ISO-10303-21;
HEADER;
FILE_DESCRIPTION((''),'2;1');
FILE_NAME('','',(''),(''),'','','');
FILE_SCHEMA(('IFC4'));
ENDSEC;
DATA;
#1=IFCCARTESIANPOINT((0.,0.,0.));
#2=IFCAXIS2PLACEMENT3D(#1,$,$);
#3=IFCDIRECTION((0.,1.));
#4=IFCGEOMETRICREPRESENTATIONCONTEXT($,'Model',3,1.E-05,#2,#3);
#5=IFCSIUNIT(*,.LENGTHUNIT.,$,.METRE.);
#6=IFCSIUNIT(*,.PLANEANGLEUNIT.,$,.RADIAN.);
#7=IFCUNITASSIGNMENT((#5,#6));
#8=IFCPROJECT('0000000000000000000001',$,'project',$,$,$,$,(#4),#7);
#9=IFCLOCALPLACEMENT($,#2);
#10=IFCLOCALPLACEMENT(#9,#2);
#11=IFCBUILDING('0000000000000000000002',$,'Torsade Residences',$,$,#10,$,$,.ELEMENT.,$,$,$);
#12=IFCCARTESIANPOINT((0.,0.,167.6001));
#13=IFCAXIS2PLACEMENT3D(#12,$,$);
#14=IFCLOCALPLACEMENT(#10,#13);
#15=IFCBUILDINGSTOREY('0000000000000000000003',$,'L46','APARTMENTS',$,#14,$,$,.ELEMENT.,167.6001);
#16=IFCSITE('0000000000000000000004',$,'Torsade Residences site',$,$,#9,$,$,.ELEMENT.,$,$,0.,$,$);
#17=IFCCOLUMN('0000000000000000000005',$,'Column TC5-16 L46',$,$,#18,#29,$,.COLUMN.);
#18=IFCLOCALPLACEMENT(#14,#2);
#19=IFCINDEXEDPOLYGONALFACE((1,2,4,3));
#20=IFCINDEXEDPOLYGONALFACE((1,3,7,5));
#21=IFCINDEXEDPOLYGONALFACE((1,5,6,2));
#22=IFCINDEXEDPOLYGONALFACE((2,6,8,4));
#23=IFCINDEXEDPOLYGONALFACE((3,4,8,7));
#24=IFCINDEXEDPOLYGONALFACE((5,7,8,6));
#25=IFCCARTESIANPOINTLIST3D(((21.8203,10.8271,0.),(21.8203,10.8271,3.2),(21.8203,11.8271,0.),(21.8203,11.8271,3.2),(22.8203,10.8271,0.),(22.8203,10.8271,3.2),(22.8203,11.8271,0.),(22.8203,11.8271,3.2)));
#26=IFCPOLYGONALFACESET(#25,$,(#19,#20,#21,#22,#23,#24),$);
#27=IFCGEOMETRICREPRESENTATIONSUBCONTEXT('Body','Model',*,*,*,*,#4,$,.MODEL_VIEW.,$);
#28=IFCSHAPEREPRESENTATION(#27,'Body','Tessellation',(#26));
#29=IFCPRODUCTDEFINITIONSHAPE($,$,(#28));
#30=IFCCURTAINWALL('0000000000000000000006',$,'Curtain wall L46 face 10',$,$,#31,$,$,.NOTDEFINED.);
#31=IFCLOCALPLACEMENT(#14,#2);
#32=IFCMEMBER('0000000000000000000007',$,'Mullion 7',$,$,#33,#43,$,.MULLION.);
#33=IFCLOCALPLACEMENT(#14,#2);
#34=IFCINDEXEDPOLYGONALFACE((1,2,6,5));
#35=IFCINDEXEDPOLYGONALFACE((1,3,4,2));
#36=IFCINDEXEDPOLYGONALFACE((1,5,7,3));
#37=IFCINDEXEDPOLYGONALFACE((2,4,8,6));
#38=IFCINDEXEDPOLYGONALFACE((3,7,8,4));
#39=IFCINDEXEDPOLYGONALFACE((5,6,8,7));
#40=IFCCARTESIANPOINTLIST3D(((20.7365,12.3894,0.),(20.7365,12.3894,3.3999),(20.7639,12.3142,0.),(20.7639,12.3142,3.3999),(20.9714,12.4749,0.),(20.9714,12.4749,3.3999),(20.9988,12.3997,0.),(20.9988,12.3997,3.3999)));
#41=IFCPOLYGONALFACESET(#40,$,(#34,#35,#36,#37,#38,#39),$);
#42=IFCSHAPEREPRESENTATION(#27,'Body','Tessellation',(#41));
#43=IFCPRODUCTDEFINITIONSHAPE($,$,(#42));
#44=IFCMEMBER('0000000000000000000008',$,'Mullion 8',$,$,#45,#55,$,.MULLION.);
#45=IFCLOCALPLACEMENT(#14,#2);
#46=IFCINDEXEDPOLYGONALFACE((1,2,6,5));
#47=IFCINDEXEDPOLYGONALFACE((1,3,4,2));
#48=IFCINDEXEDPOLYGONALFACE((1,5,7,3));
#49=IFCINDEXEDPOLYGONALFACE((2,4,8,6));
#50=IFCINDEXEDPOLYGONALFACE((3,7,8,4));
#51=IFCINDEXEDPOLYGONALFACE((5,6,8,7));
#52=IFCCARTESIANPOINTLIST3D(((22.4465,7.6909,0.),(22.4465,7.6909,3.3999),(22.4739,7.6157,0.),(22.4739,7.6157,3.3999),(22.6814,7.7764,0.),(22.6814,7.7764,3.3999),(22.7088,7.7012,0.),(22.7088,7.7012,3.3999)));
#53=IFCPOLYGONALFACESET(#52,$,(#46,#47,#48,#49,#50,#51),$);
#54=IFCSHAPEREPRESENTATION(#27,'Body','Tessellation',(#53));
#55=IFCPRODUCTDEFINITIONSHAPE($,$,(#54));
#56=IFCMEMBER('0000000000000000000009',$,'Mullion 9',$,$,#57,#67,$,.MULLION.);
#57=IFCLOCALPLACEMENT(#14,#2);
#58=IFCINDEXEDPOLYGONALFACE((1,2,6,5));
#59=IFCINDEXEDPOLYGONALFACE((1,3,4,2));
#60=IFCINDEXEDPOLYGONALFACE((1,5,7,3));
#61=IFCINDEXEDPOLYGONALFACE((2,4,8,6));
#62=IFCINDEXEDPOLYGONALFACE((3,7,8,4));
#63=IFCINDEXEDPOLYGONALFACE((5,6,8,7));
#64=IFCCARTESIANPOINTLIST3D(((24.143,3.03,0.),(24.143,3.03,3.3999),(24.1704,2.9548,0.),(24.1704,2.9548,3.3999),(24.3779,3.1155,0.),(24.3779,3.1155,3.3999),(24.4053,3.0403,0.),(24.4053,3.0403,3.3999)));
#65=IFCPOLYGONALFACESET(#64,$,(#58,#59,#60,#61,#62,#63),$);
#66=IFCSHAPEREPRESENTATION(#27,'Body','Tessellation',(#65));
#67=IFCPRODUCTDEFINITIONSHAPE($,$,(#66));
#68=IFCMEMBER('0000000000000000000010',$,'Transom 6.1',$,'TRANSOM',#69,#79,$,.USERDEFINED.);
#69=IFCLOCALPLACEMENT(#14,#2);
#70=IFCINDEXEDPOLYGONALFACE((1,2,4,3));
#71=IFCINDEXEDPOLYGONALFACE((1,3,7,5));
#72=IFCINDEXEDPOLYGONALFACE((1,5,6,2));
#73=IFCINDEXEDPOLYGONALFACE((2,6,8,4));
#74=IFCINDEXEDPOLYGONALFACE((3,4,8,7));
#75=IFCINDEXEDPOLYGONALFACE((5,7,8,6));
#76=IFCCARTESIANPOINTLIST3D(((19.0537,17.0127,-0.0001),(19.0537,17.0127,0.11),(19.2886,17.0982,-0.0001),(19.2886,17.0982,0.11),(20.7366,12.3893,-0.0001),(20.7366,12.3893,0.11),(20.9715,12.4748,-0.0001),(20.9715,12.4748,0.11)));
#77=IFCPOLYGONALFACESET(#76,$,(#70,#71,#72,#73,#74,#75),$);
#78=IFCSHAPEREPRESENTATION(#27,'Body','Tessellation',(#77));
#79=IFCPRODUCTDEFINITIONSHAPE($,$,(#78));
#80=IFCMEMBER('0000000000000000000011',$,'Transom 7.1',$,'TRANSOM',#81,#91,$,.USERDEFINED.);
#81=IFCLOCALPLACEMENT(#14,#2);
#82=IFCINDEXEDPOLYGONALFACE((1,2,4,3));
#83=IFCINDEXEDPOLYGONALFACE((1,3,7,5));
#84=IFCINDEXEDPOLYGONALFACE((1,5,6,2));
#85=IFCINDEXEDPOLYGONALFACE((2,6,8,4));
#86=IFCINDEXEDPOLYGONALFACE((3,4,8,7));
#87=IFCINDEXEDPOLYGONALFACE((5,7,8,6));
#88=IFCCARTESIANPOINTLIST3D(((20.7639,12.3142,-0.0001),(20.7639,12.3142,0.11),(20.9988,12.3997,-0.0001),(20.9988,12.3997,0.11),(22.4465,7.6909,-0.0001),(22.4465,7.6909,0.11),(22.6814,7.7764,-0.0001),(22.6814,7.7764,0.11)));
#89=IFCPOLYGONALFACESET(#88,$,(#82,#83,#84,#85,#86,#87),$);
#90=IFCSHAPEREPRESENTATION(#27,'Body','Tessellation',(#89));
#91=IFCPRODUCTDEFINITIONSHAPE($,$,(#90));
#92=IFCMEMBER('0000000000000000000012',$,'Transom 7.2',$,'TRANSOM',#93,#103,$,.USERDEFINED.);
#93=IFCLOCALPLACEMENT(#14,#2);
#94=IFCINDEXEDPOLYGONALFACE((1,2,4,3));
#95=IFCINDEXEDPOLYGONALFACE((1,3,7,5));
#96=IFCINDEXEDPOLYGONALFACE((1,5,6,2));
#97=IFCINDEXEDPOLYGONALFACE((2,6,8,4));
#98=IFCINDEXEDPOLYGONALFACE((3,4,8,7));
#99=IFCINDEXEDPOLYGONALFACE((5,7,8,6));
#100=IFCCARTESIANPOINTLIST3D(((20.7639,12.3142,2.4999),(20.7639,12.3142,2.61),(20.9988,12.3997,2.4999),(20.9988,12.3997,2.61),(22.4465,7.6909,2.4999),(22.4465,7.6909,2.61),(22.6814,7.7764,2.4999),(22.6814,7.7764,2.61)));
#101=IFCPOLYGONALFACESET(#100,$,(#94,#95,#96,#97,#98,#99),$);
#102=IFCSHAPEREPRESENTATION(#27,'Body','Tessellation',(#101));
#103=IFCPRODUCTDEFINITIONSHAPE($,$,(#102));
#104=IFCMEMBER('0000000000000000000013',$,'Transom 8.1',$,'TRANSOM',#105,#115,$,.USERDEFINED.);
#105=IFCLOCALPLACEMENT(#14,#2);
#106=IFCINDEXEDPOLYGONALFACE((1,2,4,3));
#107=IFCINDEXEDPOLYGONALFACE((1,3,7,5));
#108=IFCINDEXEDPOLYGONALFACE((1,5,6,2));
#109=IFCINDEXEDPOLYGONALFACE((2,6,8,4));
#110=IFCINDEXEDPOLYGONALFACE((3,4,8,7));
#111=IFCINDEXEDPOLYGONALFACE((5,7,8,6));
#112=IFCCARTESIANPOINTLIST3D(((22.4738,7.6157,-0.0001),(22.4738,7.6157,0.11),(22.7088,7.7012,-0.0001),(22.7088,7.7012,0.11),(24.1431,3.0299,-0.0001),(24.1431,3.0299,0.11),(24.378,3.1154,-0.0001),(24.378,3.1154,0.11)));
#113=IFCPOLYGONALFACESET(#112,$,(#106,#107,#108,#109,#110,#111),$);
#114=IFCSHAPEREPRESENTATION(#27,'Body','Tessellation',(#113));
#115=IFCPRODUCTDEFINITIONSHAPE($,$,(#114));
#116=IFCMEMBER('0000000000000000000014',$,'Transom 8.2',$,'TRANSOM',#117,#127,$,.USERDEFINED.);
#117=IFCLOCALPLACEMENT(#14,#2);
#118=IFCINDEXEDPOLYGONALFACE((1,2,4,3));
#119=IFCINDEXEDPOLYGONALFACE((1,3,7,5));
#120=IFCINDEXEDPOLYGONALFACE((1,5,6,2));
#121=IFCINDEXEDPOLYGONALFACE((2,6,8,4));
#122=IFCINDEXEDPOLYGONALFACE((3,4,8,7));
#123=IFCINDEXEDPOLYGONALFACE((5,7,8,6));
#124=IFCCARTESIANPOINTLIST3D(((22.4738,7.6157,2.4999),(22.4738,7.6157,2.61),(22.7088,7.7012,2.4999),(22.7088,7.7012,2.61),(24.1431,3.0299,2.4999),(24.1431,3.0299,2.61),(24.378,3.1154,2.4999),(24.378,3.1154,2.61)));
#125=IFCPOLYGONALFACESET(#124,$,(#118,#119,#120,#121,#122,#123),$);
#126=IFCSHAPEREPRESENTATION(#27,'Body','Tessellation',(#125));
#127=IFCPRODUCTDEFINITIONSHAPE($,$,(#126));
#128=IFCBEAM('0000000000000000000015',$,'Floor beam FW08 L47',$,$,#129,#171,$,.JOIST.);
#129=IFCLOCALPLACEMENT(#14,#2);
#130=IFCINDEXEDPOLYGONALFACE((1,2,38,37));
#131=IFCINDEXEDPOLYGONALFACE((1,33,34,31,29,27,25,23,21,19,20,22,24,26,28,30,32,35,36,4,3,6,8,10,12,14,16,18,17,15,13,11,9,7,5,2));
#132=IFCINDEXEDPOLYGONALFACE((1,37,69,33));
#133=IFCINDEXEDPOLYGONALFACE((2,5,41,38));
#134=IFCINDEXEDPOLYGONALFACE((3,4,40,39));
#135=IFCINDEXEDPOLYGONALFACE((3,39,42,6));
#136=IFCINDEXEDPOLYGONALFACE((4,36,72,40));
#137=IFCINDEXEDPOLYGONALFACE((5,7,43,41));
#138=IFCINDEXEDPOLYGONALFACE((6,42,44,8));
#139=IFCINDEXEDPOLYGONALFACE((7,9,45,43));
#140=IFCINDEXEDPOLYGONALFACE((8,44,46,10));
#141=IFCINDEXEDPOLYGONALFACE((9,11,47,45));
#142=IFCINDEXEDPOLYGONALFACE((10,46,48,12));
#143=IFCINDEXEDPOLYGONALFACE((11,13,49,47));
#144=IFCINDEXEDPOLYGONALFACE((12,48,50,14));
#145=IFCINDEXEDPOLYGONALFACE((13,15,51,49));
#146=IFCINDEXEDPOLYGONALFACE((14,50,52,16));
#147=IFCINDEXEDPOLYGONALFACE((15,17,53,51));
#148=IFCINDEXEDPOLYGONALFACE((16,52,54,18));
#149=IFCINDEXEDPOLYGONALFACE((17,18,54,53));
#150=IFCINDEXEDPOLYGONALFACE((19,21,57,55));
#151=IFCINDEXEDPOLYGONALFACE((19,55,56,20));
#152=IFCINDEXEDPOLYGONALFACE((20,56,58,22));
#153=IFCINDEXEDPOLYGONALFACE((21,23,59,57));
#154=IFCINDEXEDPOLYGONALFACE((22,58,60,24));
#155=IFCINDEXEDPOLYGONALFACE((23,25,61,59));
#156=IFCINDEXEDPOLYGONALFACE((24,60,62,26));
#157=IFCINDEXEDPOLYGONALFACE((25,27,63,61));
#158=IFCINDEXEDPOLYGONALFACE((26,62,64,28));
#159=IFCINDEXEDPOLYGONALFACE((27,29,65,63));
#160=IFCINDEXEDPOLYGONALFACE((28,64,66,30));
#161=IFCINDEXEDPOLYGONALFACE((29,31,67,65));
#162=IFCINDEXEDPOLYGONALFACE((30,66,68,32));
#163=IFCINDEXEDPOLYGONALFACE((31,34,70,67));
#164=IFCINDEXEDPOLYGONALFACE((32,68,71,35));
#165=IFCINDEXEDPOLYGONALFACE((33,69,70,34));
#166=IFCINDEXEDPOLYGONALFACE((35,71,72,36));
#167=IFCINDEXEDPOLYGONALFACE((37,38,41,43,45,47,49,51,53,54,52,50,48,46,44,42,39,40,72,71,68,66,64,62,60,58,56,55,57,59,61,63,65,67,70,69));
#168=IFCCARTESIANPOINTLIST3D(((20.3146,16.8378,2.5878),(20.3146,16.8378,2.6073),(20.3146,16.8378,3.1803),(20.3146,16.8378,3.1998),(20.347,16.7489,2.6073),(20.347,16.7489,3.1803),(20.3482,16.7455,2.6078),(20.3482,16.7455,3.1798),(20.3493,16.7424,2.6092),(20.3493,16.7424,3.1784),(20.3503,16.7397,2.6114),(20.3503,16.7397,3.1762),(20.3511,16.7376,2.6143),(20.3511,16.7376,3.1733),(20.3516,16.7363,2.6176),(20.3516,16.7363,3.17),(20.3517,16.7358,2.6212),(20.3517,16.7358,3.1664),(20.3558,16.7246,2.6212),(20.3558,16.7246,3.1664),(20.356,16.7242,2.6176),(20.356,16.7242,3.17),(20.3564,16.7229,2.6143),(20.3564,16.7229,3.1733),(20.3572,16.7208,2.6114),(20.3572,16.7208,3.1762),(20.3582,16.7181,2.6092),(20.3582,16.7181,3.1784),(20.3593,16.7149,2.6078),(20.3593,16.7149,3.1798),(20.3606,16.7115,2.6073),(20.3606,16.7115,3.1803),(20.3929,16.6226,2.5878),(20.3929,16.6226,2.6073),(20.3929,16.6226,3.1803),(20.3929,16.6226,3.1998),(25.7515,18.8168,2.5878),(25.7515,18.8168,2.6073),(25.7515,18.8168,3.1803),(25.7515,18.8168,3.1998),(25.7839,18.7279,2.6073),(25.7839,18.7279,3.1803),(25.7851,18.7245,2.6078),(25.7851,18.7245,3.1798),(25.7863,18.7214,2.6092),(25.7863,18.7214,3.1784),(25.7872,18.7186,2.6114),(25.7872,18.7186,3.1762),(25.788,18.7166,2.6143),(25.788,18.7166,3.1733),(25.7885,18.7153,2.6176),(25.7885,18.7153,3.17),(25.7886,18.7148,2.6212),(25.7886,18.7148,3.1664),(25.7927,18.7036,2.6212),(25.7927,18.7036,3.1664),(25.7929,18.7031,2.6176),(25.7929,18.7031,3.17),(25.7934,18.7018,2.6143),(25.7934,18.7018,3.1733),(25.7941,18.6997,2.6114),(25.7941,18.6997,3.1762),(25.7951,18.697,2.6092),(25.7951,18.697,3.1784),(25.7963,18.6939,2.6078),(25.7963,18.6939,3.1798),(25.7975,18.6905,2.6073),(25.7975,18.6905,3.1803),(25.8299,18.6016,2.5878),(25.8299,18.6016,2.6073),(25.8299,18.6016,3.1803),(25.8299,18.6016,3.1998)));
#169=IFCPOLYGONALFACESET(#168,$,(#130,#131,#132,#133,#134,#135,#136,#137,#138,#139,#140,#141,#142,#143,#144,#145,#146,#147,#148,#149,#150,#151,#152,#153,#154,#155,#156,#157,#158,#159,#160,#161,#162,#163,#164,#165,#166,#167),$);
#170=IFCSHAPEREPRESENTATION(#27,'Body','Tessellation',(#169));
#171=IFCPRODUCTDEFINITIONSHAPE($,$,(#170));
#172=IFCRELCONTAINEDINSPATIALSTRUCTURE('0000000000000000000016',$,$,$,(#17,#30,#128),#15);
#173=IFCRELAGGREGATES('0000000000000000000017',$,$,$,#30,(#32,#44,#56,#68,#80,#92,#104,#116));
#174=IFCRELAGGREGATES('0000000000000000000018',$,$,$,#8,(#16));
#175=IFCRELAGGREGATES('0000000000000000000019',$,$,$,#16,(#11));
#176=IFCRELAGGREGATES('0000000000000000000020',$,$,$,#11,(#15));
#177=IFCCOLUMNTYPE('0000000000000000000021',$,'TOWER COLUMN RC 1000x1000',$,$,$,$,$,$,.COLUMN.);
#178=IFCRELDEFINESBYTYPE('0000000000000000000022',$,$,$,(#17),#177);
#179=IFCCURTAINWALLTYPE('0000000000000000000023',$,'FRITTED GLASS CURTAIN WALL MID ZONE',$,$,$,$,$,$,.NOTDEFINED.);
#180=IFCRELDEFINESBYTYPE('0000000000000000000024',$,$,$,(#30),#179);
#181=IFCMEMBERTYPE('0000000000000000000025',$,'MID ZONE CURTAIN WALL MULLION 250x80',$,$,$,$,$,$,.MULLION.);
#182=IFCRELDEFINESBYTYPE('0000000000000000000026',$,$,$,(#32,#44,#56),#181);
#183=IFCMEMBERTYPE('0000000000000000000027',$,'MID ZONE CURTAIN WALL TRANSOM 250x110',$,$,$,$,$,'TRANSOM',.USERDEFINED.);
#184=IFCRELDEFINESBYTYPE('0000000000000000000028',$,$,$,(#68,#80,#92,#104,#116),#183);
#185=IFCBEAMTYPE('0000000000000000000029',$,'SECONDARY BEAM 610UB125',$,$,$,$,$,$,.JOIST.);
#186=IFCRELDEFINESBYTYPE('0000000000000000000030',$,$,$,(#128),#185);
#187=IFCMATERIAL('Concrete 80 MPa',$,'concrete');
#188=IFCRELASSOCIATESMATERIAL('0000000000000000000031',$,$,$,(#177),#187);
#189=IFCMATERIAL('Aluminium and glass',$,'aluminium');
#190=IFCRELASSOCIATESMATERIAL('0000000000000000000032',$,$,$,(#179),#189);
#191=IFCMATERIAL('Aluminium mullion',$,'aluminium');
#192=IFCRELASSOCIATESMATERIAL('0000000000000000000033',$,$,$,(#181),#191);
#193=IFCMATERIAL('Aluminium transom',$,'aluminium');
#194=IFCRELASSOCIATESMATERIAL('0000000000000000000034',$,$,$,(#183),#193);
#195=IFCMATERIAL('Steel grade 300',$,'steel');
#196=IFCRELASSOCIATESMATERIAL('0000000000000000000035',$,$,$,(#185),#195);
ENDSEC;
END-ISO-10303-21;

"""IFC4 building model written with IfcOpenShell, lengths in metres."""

from ifc_helpers import new_model, si_unit, direction, frame, origin, origin_2d, place, context, subcontext, project, spatial, rectangle, i_section, extrude, material, material_profile, profile_set, type_object, element, aggregate, save


model = new_model("IFC4")

# Units and contexts
model_context = context("Model", 3, precision=1e-05, world=origin(), true_north=direction((0.0, 1.0)))
body_context = subcontext(model_context, "Body", "Model", "MODEL_VIEW")
ifc_project = project(units=[si_unit("LENGTHUNIT", "METRE"), si_unit("PLANEANGLEUNIT", "RADIAN")], contexts=[model_context])

# Site, building, storey
site_placement = place(None, origin())
site = spatial("IfcSite", under=ifc_project, at=site_placement, Name="Torsade Residences site", CompositionType="ELEMENT", RefElevation=0.0)
building_placement = place(site_placement, origin())
building = spatial("IfcBuilding", under=site, at=building_placement, Name="Torsade Residences", CompositionType="ELEMENT")
storey_placement = place(building_placement, frame((0.0, 0.0, 167.6001)))
storey = spatial("IfcBuildingStorey", under=building, at=storey_placement, Name="L46", Description="APARTMENTS", CompositionType="ELEMENT", Elevation=167.6001)

# Column
ifc_material_1 = material(Name="Concrete 80 MPa", Category="concrete")
ifc_material_profile_1 = material_profile(ifc_material_1, rectangle(XDim=1.0, YDim=1.0, at=origin_2d()), Name="RC 1000x1000")
ifc_profile_set_1 = profile_set([ifc_material_profile_1], Name="Concrete 80 MPa")
column_type = type_object("IfcColumnType", Name="TOWER COLUMN RC 1000x1000", PredefinedType="COLUMN", material=ifc_profile_set_1)
column_placement = place(storey_placement, frame((22.3203, 11.3271, 0.0), z_axis=(0.0, 0.0, 1.0), x_axis=(1.0, 0.0, 0.0)))
element("IfcColumn", 1, at=column_placement, inside=storey, type_object=column_type, Name="Column TC5-16 L46", PredefinedType="COLUMN", context=body_context, shape_type="SweptSolid", body=[
    extrude(rectangle(XDim=1.0, YDim=1.0, at=origin_2d()), origin(), (0.0, 0.0, 1.0), 3.2),
])

# Curtain wall, members
ifc_material_2 = material(Name="Aluminium and glass", Category="aluminium")
curtain_wall_type = type_object("IfcCurtainWallType", Name="FRITTED GLASS CURTAIN WALL MID ZONE", PredefinedType="NOTDEFINED", material=ifc_material_2)
curtain_wall_placement = place(storey_placement, origin())
curtain_wall = element("IfcCurtainWall", 2, at=curtain_wall_placement, inside=storey, type_object=curtain_wall_type, Name="Curtain wall L46 face 10", PredefinedType="NOTDEFINED")
ifc_material_3 = material(Name="Aluminium mullion", Category="aluminium")
ifc_material_profile_2 = material_profile(ifc_material_3, rectangle(XDim=0.25, YDim=0.0801, at=origin_2d()), Name="MID ZONE CURTAIN WALL MULLION 250x80")
ifc_profile_set_2 = profile_set([ifc_material_profile_2], Name="Aluminium mullion")
member_type_1 = type_object("IfcMemberType", Name="MID ZONE CURTAIN WALL MULLION 250x80", PredefinedType="MULLION", material=ifc_profile_set_2)
member_1_placement = place(storey_placement, frame((20.8677, 12.3945, 0.0), z_axis=(0.0, 0.0, 1.0), x_axis=(0.939693, 0.34202, 0.0)))
member_1 = element("IfcMember", 3, at=member_1_placement, type_object=member_type_1, Name="Mullion 7", PredefinedType="MULLION", context=body_context, shape_type="SweptSolid", body=[
    extrude(rectangle(XDim=0.25, YDim=0.0801, at=origin_2d()), origin(), (0.0, 0.0, 1.0), 3.3999),
])
member_2_placement = place(storey_placement, frame((22.5776, 7.696, 0.0), z_axis=(0.0, 0.0, 1.0), x_axis=(0.939693, 0.34202, 0.0)))
member_2 = element("IfcMember", 4, at=member_2_placement, type_object=member_type_1, Name="Mullion 8", PredefinedType="MULLION", context=body_context, shape_type="SweptSolid", body=[
    extrude(rectangle(XDim=0.25, YDim=0.0801, at=origin_2d()), origin(), (0.0, 0.0, 1.0), 3.3999),
])
member_3_placement = place(storey_placement, frame((24.2742, 3.0352, 0.0), z_axis=(0.0, 0.0, 1.0), x_axis=(0.939693, 0.34202, 0.0)))
member_3 = element("IfcMember", 5, at=member_3_placement, type_object=member_type_1, Name="Mullion 9", PredefinedType="MULLION", context=body_context, shape_type="SweptSolid", body=[
    extrude(rectangle(XDim=0.25, YDim=0.0801, at=origin_2d()), origin(), (0.0, 0.0, 1.0), 3.3999),
])
ifc_material_4 = material(Name="Aluminium transom", Category="aluminium")
ifc_material_profile_3 = material_profile(ifc_material_4, rectangle(XDim=0.25, YDim=0.1101, at=origin_2d()), Name="MID ZONE CURTAIN WALL TRANSOM 250x110")
ifc_profile_set_3 = profile_set([ifc_material_profile_3], Name="Aluminium transom")
member_type_2 = type_object("IfcMemberType", Name="MID ZONE CURTAIN WALL TRANSOM 250x110", ElementType="TRANSOM", PredefinedType="USERDEFINED", material=ifc_profile_set_3)
member_4_placement = place(storey_placement, frame((19.1711, 17.0554, 0.0549), z_axis=(0.342042, -0.939685, 0.0), x_axis=(0.939685, 0.342042, 0.0)))
member_4 = element("IfcMember", 6, at=member_4_placement, type_object=member_type_2, Name="Transom 6.1", ObjectType="TRANSOM", PredefinedType="USERDEFINED", context=body_context, shape_type="SweptSolid", body=[
    extrude(rectangle(XDim=0.25, YDim=0.1101, at=origin_2d()), origin(), (0.0, 0.0, 1.0), 4.9202),
])
member_5_placement = place(storey_placement, frame((20.8813, 12.3569, 0.0549), z_axis=(0.341998, -0.939701, 0.0), x_axis=(0.939701, 0.341998, 0.0)))
member_5 = element("IfcMember", 7, at=member_5_placement, type_object=member_type_2, Name="Transom 7.1", ObjectType="TRANSOM", PredefinedType="USERDEFINED", context=body_context, shape_type="SweptSolid", body=[
    extrude(rectangle(XDim=0.25, YDim=0.1101, at=origin_2d()), origin(), (0.0, 0.0, 1.0), 4.9199),
])
member_6_placement = place(storey_placement, frame((20.8813, 12.3569, 2.5549), z_axis=(0.341998, -0.939701, 0.0), x_axis=(0.939701, 0.341998, 0.0)))
member_6 = element("IfcMember", 8, at=member_6_placement, type_object=member_type_2, Name="Transom 7.2", ObjectType="TRANSOM", PredefinedType="USERDEFINED", context=body_context, shape_type="SweptSolid", body=[
    extrude(rectangle(XDim=0.25, YDim=0.1101, at=origin_2d()), origin(), (0.0, 0.0, 1.0), 4.9199),
])
member_7_placement = place(storey_placement, frame((22.5913, 7.6584, 0.0549), z_axis=(0.342044, -0.939684, 0.0), x_axis=(0.939684, 0.342044, 0.0)))
member_7 = element("IfcMember", 9, at=member_7_placement, type_object=member_type_2, Name="Transom 8.1", ObjectType="TRANSOM", PredefinedType="USERDEFINED", context=body_context, shape_type="SweptSolid", body=[
    extrude(rectangle(XDim=0.25, YDim=0.1101, at=origin_2d()), origin(), (0.0, 0.0, 1.0), 4.8801),
])
member_8_placement = place(storey_placement, frame((22.5913, 7.6584, 2.5549), z_axis=(0.342044, -0.939684, 0.0), x_axis=(0.939684, 0.342044, 0.0)))
member_8 = element("IfcMember", 10, at=member_8_placement, type_object=member_type_2, Name="Transom 8.2", ObjectType="TRANSOM", PredefinedType="USERDEFINED", context=body_context, shape_type="SweptSolid", body=[
    extrude(rectangle(XDim=0.25, YDim=0.1101, at=origin_2d()), origin(), (0.0, 0.0, 1.0), 4.8801),
])

# Beam
ifc_material_5 = material(Name="Steel grade 300", Category="steel")
ifc_material_profile_4 = material_profile(ifc_material_5, i_section(OverallWidth=0.229, OverallDepth=0.6121, WebThickness=0.012, FlangeThickness=0.0195, FilletRadius=0.0139, at=origin_2d()), Name="610UB125")
ifc_profile_set_4 = profile_set([ifc_material_profile_4], Name="Steel grade 300")
beam_type_1 = type_object("IfcBeamType", Name="SECONDARY BEAM 610UB125", PredefinedType="JOIST", material=ifc_profile_set_4)
beam_1_placement = place(storey_placement, frame((20.3538, 16.7302, 2.8938), z_axis=(0.939687, 0.342034, 0.0), x_axis=(-0.342034, 0.939687, 0.0)))
element("IfcBeam", 11, at=beam_1_placement, inside=storey, type_object=beam_type_1, Name="Floor beam FW08 L47", PredefinedType="JOIST", context=body_context, shape_type="SweptSolid", body=[
    extrude(i_section(OverallWidth=0.229, OverallDepth=0.6121, WebThickness=0.012, FlangeThickness=0.0195, FilletRadius=0.0139, at=origin_2d()), origin(), (0.0, 0.0, 1.0), 5.7859),
])

aggregate(curtain_wall, [member_1, member_2, member_3, member_4, member_5, member_6, member_7, member_8])

save(model, "model.ifc")
